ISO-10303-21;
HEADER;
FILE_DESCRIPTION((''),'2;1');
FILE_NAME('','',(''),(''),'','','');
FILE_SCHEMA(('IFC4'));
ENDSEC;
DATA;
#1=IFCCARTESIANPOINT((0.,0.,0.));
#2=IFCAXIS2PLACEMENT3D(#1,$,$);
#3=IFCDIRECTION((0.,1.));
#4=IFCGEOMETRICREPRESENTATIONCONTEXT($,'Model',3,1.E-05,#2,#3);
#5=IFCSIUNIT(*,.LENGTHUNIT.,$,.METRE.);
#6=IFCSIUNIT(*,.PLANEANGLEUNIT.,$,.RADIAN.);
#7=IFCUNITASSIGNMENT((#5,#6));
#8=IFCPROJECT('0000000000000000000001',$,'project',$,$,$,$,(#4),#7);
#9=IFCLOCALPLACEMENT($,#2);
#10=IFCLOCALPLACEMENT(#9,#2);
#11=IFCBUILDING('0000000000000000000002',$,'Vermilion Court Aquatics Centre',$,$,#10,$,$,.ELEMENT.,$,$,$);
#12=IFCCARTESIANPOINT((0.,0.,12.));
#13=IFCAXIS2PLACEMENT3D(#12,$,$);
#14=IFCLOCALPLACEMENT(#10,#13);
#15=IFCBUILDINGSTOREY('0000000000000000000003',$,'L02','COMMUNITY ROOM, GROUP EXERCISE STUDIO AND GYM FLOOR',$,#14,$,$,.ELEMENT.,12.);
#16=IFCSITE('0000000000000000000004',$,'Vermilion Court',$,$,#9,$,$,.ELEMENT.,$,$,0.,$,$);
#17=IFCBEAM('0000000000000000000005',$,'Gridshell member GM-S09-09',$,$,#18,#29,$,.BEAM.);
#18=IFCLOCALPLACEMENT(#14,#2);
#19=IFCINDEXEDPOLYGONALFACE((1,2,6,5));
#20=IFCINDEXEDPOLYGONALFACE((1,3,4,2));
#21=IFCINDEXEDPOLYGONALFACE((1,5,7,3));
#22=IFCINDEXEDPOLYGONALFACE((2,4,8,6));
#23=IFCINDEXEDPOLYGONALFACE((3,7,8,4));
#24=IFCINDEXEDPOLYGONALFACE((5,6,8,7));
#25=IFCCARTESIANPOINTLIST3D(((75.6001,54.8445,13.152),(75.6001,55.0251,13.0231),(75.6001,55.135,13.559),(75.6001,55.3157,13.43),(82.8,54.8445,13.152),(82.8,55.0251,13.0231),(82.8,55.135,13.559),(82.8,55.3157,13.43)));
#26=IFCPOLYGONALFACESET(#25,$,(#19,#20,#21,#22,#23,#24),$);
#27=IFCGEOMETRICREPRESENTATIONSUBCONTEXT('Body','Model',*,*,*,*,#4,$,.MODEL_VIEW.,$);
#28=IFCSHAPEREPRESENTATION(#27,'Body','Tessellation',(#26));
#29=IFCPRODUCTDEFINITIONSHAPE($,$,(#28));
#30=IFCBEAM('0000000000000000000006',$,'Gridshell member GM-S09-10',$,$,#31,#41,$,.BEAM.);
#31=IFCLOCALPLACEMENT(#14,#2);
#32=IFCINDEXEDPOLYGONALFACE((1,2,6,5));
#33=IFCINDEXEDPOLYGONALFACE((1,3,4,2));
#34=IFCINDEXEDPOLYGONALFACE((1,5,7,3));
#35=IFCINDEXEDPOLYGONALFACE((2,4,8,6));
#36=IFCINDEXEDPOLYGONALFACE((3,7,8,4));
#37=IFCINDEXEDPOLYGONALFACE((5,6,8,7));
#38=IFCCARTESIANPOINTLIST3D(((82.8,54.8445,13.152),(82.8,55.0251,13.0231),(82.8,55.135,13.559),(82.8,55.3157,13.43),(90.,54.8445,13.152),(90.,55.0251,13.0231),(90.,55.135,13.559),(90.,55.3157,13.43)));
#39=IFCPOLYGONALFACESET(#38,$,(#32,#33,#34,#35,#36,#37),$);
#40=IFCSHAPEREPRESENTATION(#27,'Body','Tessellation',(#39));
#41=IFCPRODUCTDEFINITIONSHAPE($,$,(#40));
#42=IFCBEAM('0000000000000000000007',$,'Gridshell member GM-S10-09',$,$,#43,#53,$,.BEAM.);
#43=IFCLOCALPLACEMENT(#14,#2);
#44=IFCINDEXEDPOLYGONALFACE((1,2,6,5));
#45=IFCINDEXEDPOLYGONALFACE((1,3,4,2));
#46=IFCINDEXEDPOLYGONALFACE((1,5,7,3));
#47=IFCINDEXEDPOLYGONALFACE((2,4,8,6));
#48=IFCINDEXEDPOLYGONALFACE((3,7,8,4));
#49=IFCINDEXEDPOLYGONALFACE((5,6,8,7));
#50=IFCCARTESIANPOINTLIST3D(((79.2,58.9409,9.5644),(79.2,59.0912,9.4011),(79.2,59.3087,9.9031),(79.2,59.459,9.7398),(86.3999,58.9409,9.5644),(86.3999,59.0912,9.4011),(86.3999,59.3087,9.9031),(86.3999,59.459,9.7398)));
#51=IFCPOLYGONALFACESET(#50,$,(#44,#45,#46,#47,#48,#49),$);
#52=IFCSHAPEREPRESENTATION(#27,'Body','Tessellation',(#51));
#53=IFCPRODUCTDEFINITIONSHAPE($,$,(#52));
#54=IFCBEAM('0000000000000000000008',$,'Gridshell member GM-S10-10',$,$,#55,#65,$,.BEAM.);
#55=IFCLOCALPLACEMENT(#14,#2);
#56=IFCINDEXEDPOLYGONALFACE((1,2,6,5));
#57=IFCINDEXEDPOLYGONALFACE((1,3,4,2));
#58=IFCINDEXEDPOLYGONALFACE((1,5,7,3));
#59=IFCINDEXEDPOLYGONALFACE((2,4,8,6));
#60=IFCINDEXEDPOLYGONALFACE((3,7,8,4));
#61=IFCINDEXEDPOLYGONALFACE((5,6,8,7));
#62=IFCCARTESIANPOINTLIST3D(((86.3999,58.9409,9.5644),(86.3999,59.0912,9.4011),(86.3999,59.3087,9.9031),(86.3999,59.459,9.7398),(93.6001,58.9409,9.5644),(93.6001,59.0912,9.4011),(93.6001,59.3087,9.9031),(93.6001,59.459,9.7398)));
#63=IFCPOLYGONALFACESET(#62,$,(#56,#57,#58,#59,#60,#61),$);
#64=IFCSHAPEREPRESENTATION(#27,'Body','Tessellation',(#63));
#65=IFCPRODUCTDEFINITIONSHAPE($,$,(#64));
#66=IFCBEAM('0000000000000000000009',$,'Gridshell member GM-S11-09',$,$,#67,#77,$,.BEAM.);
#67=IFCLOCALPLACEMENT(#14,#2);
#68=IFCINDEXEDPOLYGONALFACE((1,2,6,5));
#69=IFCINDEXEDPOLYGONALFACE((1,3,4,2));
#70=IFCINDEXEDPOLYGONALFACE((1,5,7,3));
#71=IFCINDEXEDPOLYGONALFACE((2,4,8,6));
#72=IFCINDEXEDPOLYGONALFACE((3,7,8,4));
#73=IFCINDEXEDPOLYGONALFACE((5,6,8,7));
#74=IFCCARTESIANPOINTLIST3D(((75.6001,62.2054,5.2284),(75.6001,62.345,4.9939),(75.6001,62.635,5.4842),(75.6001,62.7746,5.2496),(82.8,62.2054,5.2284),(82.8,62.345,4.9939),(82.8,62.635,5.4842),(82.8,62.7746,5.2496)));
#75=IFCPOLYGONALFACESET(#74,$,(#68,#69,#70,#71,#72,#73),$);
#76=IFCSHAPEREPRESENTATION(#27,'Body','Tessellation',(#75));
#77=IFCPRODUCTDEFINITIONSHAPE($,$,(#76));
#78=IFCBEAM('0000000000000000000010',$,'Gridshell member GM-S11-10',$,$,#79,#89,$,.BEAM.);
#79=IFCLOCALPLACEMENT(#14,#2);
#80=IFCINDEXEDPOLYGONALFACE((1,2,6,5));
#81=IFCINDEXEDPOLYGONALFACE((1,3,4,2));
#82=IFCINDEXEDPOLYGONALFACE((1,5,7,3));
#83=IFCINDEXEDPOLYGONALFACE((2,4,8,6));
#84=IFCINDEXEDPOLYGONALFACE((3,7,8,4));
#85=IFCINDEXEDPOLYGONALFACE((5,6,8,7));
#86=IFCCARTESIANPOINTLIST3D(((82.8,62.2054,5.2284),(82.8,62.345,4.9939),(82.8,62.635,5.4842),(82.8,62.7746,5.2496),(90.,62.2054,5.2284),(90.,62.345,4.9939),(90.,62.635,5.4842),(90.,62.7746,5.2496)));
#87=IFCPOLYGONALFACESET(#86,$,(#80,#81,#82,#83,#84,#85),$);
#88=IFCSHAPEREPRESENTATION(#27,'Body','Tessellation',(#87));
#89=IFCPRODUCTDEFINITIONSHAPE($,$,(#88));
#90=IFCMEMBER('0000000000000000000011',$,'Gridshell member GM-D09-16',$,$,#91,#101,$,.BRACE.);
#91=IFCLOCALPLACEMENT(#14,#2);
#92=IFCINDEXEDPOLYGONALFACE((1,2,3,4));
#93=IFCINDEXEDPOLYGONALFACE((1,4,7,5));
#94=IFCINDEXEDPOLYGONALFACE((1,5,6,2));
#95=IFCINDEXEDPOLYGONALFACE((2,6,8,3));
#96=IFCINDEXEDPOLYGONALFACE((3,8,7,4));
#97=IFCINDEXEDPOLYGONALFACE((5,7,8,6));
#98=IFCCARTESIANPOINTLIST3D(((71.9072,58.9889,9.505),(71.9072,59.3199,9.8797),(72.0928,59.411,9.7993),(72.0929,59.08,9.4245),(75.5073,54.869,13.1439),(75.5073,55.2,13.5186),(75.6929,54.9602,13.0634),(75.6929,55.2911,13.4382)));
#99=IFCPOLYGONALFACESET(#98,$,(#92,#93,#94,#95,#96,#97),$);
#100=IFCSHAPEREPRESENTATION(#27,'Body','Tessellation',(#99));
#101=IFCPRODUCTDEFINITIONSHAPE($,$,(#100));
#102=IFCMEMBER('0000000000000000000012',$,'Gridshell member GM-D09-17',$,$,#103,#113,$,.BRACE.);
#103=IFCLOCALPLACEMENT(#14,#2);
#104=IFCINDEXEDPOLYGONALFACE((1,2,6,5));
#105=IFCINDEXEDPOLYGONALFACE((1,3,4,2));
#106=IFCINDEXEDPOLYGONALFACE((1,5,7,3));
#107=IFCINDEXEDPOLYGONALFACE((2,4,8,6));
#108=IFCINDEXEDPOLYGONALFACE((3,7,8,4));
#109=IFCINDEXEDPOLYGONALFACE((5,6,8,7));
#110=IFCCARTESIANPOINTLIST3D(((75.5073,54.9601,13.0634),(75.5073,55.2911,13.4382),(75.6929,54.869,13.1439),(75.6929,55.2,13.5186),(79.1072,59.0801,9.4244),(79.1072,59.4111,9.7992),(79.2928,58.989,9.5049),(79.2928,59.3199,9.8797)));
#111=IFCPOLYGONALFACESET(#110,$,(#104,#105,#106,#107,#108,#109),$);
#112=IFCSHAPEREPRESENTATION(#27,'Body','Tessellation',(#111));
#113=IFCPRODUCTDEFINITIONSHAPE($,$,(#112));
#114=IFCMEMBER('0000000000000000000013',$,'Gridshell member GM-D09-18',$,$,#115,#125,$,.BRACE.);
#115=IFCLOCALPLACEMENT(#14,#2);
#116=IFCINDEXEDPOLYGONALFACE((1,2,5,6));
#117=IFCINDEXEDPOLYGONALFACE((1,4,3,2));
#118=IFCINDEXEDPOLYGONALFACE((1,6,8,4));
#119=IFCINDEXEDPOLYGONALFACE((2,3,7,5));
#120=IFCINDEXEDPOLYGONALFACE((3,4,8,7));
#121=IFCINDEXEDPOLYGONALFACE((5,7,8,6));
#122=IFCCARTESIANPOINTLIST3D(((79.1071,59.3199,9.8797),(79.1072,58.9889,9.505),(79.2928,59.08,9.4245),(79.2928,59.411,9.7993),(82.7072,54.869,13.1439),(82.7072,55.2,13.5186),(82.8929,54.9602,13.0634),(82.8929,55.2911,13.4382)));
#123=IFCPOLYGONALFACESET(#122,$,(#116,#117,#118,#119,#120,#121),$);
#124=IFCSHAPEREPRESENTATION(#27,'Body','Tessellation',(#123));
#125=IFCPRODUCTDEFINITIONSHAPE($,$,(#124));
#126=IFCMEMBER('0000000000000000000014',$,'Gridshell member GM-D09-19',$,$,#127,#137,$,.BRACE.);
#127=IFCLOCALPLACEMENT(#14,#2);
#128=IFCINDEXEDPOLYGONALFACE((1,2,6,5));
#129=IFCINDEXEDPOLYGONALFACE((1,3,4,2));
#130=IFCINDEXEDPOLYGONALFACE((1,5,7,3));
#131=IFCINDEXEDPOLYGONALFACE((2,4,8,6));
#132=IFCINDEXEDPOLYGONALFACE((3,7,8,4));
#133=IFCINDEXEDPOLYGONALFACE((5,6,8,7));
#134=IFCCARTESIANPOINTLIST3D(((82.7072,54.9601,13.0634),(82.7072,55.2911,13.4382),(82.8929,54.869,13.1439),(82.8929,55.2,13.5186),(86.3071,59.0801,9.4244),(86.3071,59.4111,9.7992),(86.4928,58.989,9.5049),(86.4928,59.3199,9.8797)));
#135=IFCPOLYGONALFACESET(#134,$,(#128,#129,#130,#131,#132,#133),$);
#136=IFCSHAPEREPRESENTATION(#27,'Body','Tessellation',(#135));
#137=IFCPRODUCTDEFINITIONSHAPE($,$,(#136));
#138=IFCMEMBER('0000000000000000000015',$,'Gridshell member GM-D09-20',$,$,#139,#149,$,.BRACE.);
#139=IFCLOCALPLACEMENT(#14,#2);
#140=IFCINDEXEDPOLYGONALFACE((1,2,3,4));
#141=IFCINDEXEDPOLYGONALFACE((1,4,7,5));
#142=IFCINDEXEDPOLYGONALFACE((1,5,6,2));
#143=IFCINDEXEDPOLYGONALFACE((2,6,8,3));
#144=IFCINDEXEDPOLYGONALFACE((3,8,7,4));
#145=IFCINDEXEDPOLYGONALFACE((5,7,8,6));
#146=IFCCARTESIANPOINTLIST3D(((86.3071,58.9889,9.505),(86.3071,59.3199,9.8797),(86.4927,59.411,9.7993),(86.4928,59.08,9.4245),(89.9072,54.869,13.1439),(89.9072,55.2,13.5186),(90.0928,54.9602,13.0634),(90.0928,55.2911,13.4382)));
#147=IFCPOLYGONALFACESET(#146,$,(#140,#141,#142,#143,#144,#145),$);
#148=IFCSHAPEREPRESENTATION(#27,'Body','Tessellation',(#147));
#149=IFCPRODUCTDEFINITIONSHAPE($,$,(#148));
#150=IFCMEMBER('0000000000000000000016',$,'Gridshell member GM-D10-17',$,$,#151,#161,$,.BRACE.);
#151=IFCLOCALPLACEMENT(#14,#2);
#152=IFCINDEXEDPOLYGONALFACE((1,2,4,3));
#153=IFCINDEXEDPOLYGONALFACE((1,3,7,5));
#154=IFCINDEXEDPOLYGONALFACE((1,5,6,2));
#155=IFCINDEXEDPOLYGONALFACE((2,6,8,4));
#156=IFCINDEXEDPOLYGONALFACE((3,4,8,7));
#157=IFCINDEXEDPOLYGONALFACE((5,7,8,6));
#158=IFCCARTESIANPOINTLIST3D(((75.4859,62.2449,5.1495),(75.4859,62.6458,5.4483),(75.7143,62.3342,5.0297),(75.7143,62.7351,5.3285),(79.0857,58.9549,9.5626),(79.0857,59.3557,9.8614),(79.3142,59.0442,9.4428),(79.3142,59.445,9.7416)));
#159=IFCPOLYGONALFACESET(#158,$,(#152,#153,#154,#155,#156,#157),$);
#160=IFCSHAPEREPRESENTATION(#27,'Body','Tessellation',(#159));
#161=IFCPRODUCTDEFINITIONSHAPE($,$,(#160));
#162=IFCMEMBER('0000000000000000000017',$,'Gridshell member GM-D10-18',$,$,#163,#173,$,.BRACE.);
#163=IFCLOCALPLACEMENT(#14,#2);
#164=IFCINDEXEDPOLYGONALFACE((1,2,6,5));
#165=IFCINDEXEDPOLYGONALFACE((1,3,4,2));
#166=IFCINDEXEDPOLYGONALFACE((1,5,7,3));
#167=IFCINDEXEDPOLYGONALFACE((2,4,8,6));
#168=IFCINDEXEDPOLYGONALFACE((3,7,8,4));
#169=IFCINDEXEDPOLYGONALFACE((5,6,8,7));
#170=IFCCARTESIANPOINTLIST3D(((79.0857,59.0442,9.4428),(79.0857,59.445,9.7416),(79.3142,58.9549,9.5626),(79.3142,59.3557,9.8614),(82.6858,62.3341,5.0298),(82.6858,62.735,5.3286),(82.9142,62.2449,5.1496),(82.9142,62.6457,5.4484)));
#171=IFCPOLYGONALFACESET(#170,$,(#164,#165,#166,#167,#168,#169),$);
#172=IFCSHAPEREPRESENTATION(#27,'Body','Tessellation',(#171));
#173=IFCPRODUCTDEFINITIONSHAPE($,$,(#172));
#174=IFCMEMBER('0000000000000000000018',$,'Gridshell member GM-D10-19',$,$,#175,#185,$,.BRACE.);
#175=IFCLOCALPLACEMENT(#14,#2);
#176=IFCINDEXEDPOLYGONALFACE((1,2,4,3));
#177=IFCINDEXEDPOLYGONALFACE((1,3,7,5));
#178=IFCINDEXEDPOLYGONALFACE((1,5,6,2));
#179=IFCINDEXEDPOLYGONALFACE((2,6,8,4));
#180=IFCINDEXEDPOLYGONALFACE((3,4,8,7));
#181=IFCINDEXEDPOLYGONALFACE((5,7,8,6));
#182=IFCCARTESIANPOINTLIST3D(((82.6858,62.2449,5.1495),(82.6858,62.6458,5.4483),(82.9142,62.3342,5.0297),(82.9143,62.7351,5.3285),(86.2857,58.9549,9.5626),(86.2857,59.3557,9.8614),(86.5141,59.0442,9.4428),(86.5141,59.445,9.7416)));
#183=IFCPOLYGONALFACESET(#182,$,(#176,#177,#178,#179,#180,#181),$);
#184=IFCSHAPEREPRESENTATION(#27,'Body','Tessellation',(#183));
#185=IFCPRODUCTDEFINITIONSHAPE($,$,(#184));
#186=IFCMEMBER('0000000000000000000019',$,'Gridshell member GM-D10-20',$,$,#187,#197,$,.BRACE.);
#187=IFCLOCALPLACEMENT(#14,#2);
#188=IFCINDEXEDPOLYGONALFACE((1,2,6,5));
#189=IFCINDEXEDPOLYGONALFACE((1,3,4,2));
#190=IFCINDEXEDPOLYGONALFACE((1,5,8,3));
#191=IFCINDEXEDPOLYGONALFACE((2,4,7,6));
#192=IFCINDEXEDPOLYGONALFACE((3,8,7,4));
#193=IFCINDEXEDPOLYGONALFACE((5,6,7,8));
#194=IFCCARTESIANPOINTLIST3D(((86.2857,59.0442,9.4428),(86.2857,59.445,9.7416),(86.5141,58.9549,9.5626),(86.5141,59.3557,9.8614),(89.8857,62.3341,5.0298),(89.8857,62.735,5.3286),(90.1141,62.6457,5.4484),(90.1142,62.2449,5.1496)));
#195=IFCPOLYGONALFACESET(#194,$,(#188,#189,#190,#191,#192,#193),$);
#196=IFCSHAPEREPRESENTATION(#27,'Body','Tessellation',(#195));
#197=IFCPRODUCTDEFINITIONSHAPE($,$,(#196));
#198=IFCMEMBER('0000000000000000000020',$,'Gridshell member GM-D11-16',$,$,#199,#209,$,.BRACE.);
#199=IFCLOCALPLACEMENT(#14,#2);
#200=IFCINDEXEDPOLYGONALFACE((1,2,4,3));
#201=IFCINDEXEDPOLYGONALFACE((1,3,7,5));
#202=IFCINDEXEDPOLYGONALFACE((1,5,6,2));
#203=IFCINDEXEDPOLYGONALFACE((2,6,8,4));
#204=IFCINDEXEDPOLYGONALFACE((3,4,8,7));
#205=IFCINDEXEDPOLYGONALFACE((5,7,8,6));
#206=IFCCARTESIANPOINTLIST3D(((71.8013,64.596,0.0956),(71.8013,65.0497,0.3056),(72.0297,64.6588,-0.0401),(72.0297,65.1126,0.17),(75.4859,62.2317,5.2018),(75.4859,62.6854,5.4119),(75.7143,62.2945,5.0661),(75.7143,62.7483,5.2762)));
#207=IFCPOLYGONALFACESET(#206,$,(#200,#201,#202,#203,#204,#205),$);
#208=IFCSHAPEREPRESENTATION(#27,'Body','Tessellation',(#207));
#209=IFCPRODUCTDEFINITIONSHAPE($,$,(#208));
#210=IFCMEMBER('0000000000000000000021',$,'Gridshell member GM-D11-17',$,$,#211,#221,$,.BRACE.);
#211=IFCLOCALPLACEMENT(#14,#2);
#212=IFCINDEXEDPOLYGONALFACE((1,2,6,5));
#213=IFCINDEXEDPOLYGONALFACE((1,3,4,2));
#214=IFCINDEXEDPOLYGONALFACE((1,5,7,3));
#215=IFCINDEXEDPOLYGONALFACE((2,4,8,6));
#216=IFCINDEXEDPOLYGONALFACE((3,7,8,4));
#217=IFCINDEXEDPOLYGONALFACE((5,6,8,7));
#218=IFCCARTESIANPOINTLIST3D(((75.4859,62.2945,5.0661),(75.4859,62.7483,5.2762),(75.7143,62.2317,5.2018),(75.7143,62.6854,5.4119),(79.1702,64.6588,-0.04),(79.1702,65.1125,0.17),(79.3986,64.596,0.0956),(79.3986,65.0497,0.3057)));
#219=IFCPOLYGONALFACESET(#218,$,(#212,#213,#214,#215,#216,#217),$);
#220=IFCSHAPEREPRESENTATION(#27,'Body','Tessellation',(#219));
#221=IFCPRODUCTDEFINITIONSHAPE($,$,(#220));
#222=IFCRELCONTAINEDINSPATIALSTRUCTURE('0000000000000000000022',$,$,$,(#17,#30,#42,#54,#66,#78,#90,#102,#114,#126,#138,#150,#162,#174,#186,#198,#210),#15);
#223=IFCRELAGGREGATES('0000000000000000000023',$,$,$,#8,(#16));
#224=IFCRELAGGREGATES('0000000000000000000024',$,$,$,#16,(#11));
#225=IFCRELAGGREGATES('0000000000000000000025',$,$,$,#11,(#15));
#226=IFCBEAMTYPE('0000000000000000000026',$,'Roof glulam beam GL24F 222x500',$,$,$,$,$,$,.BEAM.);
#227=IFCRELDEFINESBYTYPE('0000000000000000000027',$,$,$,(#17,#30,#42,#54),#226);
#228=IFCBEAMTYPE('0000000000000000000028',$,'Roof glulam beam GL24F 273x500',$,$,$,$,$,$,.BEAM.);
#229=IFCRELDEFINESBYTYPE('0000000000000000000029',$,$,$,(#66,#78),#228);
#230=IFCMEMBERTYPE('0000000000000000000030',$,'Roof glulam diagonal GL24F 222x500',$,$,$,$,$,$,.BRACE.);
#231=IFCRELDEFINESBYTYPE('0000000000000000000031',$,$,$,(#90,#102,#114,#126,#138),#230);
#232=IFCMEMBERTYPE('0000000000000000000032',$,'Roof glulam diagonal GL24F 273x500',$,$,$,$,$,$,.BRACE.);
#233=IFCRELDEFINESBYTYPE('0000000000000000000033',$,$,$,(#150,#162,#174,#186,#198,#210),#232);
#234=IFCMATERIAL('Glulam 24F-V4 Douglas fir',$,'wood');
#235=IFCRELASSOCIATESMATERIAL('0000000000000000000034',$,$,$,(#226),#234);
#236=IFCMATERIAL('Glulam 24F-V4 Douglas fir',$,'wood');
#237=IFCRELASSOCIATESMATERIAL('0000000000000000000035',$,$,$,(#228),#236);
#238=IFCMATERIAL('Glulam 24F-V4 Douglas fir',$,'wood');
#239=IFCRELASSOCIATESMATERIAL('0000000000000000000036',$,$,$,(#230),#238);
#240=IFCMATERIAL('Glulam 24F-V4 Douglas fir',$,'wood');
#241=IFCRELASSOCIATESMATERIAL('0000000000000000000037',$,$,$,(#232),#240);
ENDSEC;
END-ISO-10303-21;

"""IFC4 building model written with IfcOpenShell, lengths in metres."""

from ifc_helpers import new_model, si_unit, direction, frame, origin, origin_2d, place, context, subcontext, project, spatial, rectangle, extrude, material, material_profile, profile_set, type_object, element, save


model = new_model("IFC4")

# Units and contexts
model_context = context("Model", 3, precision=1e-05, world=origin(), true_north=direction((0.0, 1.0)))
body_context = subcontext(model_context, "Body", "Model", "MODEL_VIEW")
ifc_project = project(units=[si_unit("LENGTHUNIT", "METRE"), si_unit("PLANEANGLEUNIT", "RADIAN")], contexts=[model_context])

# Site, building, storey
site_placement = place(None, origin())
site = spatial("IfcSite", under=ifc_project, at=site_placement, Name="Vermilion Court", CompositionType="ELEMENT", RefElevation=0.0)
building_placement = place(site_placement, origin())
building = spatial("IfcBuilding", under=site, at=building_placement, Name="Vermilion Court Aquatics Centre", CompositionType="ELEMENT")
storey_placement = place(building_placement, frame((0.0, 0.0, 12.0)))
storey = spatial("IfcBuildingStorey", under=building, at=storey_placement, Name="L02", Description="COMMUNITY ROOM, GROUP EXERCISE STUDIO AND GYM FLOOR", CompositionType="ELEMENT", Elevation=12.0)

# Beams
ifc_material_1 = material(Name="Glulam 24F-V4 Douglas fir", Category="wood")
ifc_material_profile_1 = material_profile(ifc_material_1, rectangle(XDim=0.2219, YDim=0.5, at=origin_2d()), Name="GL24F 222x500")
ifc_profile_set_1 = profile_set([ifc_material_profile_1], Name="Glulam 24F-V4 Douglas fir")
beam_type_1 = type_object("IfcBeamType", Name="Roof glulam beam GL24F 222x500", PredefinedType="BEAM", material=ifc_profile_set_1)
for number, where, z_axis, x_axis, name in (
    (1, (75.6001, 55.0801, 13.291), (1.0, 0.0, 0.0), (0.0, 0.813848, -0.581078), "Gridshell member GM-S09-09"),
    (2, (82.8, 55.0801, 13.291), (1.0, 0.0, 0.0), (0.0, 0.813848, -0.581078), "Gridshell member GM-S09-10"),
    (3, (79.2, 59.2, 9.6521), (1.0, 0.0, 0.0), (0.0, 0.67726, -0.735744), "Gridshell member GM-S10-09"),
):
    element("IfcBeam", number, at=place(storey_placement, frame(where, z_axis=z_axis, x_axis=x_axis)), inside=storey, type_object=beam_type_1, Name=name, PredefinedType="BEAM", context=body_context, shape_type="SweptSolid", body=[
        extrude(rectangle(XDim=0.2219, YDim=0.5, at=origin_2d()), origin(), (0.0, 0.0, 1.0), 7.2),
    ])
beam_placement = place(storey_placement, frame((86.3999, 59.2, 9.6521), z_axis=(1.0, 0.0, 0.0), x_axis=(0.0, 0.67726, -0.735744)))
element("IfcBeam", 4, at=beam_placement, inside=storey, type_object=beam_type_1, Name="Gridshell member GM-S10-10", PredefinedType="BEAM", context=body_context, shape_type="SweptSolid", body=[
    extrude(rectangle(XDim=0.2219, YDim=0.5, at=origin_2d()), origin(), (0.0, 0.0, 1.0), 7.2002),
])
ifc_material_2 = material(Name="Glulam 24F-V4 Douglas fir", Category="wood")
ifc_material_profile_2 = material_profile(ifc_material_2, rectangle(XDim=0.2729, YDim=0.5, at=origin_2d()), Name="GL24F 273x500")
ifc_profile_set_2 = profile_set([ifc_material_profile_2], Name="Glulam 24F-V4 Douglas fir")
beam_type_2 = type_object("IfcBeamType", Name="Roof glulam beam GL24F 273x500", PredefinedType="BEAM", material=ifc_profile_set_2)
for number, where, z_axis, x_axis, name in (
    (5, (75.6001, 62.49, 5.239), (1.0, 0.0, 0.0), (0.0, 0.511595, -0.859227), "Gridshell member GM-S11-09"),
    (6, (82.8, 62.49, 5.239), (1.0, 0.0, 0.0), (0.0, 0.511595, -0.859227), "Gridshell member GM-S11-10"),
):
    element("IfcBeam", number, at=place(storey_placement, frame(where, z_axis=z_axis, x_axis=x_axis)), inside=storey, type_object=beam_type_2, Name=name, PredefinedType="BEAM", context=body_context, shape_type="SweptSolid", body=[
        extrude(rectangle(XDim=0.2729, YDim=0.5, at=origin_2d()), origin(), (0.0, 0.0, 1.0), 7.2),
    ])

# Members
ifc_material_3 = material(Name="Glulam 24F-V4 Douglas fir", Category="wood")
ifc_material_profile_3 = material_profile(ifc_material_3, rectangle(XDim=0.2219, YDim=0.5, at=origin_2d()), Name="GL24F 222x500")
ifc_profile_set_3 = profile_set([ifc_material_profile_3], Name="Glulam 24F-V4 Douglas fir")
member_type_1 = type_object("IfcMemberType", Name="Roof glulam diagonal GL24F 222x500", PredefinedType="BRACE", material=ifc_profile_set_3)
for number, where, z_axis, x_axis, name in (
    (7, (75.6001, 55.0801, 13.291), (-0.547891, 0.626995, -0.553799), (-0.83655, -0.410685, 0.362661), "Gridshell member GM-D09-16"),
    (8, (75.6001, 55.0801, 13.291), (0.547865, 0.627007, -0.55381), (-0.836567, 0.410653, -0.362657), "Gridshell member GM-D09-17"),
    (9, (82.8, 55.0801, 13.291), (-0.547891, 0.626995, -0.553799), (-0.83655, -0.410685, 0.362661), "Gridshell member GM-D09-18"),
    (10, (82.8, 55.0801, 13.291), (0.547865, 0.627007, -0.55381), (-0.836567, 0.410653, -0.362657), "Gridshell member GM-D09-19"),
    (11, (90.0, 55.0801, 13.291), (-0.547891, 0.626995, -0.553799), (-0.83655, -0.410685, 0.362661), "Gridshell member GM-D09-20"),
):
    element("IfcMember", number, at=place(storey_placement, frame(where, z_axis=z_axis, x_axis=x_axis)), inside=storey, type_object=member_type_1, Name=name, PredefinedType="BRACE", context=body_context, shape_type="SweptSolid", body=[
        extrude(rectangle(XDim=0.2219, YDim=0.5, at=origin_2d()), origin(), (0.0, 0.0, 1.0), 6.5708),
    ])
ifc_material_4 = material(Name="Glulam 24F-V4 Douglas fir", Category="wood")
ifc_material_profile_4 = material_profile(ifc_material_4, rectangle(XDim=0.2729, YDim=0.5, at=origin_2d()), Name="GL24F 273x500")
ifc_profile_set_4 = profile_set([ifc_material_profile_4], Name="Glulam 24F-V4 Douglas fir")
member_type_2 = type_object("IfcMemberType", Name="Roof glulam diagonal GL24F 273x500", PredefinedType="BRACE", material=ifc_profile_set_4)
for number, where, z_axis, x_axis, name in (
    (12, (79.2, 59.2, 9.6521), (-0.547329, 0.500224, -0.670974), (-0.836918, -0.327083, 0.438846), "Gridshell member GM-D10-17"),
    (13, (79.2, 59.2, 9.6521), (0.547355, 0.500214, -0.670961), (-0.836901, 0.327117, -0.438853), "Gridshell member GM-D10-18"),
    (14, (86.3999, 59.2, 9.6521), (-0.547329, 0.500224, -0.670974), (-0.836918, -0.327083, 0.438846), "Gridshell member GM-D10-19"),
    (15, (86.3999, 59.2, 9.6521), (0.547355, 0.500214, -0.670961), (-0.836901, 0.327117, -0.438853), "Gridshell member GM-D10-20"),
):
    element("IfcMember", number, at=place(storey_placement, frame(where, z_axis=z_axis, x_axis=x_axis)), inside=storey, type_object=member_type_2, Name=name, PredefinedType="BRACE", context=body_context, shape_type="SweptSolid", body=[
        extrude(rectangle(XDim=0.2729, YDim=0.5, at=origin_2d()), origin(), (0.0, 0.0, 1.0), 6.5771),
    ])
member_1_placement = place(storey_placement, frame((75.6001, 62.49, 5.239), z_axis=(-0.54781, 0.35151, -0.759174), x_axis=(-0.836603, -0.230193, 0.497099)))
element("IfcMember", 16, at=member_1_placement, inside=storey, type_object=member_type_2, Name="Gridshell member GM-D11-16", PredefinedType="BRACE", context=body_context, shape_type="SweptSolid", body=[
    extrude(rectangle(XDim=0.2729, YDim=0.5, at=origin_2d()), origin(), (0.0, 0.0, 1.0), 6.7261),
])
member_2_placement = place(storey_placement, frame((75.6001, 62.49, 5.239), z_axis=(0.547785, 0.351517, -0.759189), x_axis=(-0.836619, 0.230161, -0.497085)))
element("IfcMember", 17, at=member_2_placement, inside=storey, type_object=member_type_2, Name="Gridshell member GM-D11-17", PredefinedType="BRACE", context=body_context, shape_type="SweptSolid", body=[
    extrude(rectangle(XDim=0.2729, YDim=0.5, at=origin_2d()), origin(), (0.0, 0.0, 1.0), 6.7258),
])

save(model, "model.ifc")
